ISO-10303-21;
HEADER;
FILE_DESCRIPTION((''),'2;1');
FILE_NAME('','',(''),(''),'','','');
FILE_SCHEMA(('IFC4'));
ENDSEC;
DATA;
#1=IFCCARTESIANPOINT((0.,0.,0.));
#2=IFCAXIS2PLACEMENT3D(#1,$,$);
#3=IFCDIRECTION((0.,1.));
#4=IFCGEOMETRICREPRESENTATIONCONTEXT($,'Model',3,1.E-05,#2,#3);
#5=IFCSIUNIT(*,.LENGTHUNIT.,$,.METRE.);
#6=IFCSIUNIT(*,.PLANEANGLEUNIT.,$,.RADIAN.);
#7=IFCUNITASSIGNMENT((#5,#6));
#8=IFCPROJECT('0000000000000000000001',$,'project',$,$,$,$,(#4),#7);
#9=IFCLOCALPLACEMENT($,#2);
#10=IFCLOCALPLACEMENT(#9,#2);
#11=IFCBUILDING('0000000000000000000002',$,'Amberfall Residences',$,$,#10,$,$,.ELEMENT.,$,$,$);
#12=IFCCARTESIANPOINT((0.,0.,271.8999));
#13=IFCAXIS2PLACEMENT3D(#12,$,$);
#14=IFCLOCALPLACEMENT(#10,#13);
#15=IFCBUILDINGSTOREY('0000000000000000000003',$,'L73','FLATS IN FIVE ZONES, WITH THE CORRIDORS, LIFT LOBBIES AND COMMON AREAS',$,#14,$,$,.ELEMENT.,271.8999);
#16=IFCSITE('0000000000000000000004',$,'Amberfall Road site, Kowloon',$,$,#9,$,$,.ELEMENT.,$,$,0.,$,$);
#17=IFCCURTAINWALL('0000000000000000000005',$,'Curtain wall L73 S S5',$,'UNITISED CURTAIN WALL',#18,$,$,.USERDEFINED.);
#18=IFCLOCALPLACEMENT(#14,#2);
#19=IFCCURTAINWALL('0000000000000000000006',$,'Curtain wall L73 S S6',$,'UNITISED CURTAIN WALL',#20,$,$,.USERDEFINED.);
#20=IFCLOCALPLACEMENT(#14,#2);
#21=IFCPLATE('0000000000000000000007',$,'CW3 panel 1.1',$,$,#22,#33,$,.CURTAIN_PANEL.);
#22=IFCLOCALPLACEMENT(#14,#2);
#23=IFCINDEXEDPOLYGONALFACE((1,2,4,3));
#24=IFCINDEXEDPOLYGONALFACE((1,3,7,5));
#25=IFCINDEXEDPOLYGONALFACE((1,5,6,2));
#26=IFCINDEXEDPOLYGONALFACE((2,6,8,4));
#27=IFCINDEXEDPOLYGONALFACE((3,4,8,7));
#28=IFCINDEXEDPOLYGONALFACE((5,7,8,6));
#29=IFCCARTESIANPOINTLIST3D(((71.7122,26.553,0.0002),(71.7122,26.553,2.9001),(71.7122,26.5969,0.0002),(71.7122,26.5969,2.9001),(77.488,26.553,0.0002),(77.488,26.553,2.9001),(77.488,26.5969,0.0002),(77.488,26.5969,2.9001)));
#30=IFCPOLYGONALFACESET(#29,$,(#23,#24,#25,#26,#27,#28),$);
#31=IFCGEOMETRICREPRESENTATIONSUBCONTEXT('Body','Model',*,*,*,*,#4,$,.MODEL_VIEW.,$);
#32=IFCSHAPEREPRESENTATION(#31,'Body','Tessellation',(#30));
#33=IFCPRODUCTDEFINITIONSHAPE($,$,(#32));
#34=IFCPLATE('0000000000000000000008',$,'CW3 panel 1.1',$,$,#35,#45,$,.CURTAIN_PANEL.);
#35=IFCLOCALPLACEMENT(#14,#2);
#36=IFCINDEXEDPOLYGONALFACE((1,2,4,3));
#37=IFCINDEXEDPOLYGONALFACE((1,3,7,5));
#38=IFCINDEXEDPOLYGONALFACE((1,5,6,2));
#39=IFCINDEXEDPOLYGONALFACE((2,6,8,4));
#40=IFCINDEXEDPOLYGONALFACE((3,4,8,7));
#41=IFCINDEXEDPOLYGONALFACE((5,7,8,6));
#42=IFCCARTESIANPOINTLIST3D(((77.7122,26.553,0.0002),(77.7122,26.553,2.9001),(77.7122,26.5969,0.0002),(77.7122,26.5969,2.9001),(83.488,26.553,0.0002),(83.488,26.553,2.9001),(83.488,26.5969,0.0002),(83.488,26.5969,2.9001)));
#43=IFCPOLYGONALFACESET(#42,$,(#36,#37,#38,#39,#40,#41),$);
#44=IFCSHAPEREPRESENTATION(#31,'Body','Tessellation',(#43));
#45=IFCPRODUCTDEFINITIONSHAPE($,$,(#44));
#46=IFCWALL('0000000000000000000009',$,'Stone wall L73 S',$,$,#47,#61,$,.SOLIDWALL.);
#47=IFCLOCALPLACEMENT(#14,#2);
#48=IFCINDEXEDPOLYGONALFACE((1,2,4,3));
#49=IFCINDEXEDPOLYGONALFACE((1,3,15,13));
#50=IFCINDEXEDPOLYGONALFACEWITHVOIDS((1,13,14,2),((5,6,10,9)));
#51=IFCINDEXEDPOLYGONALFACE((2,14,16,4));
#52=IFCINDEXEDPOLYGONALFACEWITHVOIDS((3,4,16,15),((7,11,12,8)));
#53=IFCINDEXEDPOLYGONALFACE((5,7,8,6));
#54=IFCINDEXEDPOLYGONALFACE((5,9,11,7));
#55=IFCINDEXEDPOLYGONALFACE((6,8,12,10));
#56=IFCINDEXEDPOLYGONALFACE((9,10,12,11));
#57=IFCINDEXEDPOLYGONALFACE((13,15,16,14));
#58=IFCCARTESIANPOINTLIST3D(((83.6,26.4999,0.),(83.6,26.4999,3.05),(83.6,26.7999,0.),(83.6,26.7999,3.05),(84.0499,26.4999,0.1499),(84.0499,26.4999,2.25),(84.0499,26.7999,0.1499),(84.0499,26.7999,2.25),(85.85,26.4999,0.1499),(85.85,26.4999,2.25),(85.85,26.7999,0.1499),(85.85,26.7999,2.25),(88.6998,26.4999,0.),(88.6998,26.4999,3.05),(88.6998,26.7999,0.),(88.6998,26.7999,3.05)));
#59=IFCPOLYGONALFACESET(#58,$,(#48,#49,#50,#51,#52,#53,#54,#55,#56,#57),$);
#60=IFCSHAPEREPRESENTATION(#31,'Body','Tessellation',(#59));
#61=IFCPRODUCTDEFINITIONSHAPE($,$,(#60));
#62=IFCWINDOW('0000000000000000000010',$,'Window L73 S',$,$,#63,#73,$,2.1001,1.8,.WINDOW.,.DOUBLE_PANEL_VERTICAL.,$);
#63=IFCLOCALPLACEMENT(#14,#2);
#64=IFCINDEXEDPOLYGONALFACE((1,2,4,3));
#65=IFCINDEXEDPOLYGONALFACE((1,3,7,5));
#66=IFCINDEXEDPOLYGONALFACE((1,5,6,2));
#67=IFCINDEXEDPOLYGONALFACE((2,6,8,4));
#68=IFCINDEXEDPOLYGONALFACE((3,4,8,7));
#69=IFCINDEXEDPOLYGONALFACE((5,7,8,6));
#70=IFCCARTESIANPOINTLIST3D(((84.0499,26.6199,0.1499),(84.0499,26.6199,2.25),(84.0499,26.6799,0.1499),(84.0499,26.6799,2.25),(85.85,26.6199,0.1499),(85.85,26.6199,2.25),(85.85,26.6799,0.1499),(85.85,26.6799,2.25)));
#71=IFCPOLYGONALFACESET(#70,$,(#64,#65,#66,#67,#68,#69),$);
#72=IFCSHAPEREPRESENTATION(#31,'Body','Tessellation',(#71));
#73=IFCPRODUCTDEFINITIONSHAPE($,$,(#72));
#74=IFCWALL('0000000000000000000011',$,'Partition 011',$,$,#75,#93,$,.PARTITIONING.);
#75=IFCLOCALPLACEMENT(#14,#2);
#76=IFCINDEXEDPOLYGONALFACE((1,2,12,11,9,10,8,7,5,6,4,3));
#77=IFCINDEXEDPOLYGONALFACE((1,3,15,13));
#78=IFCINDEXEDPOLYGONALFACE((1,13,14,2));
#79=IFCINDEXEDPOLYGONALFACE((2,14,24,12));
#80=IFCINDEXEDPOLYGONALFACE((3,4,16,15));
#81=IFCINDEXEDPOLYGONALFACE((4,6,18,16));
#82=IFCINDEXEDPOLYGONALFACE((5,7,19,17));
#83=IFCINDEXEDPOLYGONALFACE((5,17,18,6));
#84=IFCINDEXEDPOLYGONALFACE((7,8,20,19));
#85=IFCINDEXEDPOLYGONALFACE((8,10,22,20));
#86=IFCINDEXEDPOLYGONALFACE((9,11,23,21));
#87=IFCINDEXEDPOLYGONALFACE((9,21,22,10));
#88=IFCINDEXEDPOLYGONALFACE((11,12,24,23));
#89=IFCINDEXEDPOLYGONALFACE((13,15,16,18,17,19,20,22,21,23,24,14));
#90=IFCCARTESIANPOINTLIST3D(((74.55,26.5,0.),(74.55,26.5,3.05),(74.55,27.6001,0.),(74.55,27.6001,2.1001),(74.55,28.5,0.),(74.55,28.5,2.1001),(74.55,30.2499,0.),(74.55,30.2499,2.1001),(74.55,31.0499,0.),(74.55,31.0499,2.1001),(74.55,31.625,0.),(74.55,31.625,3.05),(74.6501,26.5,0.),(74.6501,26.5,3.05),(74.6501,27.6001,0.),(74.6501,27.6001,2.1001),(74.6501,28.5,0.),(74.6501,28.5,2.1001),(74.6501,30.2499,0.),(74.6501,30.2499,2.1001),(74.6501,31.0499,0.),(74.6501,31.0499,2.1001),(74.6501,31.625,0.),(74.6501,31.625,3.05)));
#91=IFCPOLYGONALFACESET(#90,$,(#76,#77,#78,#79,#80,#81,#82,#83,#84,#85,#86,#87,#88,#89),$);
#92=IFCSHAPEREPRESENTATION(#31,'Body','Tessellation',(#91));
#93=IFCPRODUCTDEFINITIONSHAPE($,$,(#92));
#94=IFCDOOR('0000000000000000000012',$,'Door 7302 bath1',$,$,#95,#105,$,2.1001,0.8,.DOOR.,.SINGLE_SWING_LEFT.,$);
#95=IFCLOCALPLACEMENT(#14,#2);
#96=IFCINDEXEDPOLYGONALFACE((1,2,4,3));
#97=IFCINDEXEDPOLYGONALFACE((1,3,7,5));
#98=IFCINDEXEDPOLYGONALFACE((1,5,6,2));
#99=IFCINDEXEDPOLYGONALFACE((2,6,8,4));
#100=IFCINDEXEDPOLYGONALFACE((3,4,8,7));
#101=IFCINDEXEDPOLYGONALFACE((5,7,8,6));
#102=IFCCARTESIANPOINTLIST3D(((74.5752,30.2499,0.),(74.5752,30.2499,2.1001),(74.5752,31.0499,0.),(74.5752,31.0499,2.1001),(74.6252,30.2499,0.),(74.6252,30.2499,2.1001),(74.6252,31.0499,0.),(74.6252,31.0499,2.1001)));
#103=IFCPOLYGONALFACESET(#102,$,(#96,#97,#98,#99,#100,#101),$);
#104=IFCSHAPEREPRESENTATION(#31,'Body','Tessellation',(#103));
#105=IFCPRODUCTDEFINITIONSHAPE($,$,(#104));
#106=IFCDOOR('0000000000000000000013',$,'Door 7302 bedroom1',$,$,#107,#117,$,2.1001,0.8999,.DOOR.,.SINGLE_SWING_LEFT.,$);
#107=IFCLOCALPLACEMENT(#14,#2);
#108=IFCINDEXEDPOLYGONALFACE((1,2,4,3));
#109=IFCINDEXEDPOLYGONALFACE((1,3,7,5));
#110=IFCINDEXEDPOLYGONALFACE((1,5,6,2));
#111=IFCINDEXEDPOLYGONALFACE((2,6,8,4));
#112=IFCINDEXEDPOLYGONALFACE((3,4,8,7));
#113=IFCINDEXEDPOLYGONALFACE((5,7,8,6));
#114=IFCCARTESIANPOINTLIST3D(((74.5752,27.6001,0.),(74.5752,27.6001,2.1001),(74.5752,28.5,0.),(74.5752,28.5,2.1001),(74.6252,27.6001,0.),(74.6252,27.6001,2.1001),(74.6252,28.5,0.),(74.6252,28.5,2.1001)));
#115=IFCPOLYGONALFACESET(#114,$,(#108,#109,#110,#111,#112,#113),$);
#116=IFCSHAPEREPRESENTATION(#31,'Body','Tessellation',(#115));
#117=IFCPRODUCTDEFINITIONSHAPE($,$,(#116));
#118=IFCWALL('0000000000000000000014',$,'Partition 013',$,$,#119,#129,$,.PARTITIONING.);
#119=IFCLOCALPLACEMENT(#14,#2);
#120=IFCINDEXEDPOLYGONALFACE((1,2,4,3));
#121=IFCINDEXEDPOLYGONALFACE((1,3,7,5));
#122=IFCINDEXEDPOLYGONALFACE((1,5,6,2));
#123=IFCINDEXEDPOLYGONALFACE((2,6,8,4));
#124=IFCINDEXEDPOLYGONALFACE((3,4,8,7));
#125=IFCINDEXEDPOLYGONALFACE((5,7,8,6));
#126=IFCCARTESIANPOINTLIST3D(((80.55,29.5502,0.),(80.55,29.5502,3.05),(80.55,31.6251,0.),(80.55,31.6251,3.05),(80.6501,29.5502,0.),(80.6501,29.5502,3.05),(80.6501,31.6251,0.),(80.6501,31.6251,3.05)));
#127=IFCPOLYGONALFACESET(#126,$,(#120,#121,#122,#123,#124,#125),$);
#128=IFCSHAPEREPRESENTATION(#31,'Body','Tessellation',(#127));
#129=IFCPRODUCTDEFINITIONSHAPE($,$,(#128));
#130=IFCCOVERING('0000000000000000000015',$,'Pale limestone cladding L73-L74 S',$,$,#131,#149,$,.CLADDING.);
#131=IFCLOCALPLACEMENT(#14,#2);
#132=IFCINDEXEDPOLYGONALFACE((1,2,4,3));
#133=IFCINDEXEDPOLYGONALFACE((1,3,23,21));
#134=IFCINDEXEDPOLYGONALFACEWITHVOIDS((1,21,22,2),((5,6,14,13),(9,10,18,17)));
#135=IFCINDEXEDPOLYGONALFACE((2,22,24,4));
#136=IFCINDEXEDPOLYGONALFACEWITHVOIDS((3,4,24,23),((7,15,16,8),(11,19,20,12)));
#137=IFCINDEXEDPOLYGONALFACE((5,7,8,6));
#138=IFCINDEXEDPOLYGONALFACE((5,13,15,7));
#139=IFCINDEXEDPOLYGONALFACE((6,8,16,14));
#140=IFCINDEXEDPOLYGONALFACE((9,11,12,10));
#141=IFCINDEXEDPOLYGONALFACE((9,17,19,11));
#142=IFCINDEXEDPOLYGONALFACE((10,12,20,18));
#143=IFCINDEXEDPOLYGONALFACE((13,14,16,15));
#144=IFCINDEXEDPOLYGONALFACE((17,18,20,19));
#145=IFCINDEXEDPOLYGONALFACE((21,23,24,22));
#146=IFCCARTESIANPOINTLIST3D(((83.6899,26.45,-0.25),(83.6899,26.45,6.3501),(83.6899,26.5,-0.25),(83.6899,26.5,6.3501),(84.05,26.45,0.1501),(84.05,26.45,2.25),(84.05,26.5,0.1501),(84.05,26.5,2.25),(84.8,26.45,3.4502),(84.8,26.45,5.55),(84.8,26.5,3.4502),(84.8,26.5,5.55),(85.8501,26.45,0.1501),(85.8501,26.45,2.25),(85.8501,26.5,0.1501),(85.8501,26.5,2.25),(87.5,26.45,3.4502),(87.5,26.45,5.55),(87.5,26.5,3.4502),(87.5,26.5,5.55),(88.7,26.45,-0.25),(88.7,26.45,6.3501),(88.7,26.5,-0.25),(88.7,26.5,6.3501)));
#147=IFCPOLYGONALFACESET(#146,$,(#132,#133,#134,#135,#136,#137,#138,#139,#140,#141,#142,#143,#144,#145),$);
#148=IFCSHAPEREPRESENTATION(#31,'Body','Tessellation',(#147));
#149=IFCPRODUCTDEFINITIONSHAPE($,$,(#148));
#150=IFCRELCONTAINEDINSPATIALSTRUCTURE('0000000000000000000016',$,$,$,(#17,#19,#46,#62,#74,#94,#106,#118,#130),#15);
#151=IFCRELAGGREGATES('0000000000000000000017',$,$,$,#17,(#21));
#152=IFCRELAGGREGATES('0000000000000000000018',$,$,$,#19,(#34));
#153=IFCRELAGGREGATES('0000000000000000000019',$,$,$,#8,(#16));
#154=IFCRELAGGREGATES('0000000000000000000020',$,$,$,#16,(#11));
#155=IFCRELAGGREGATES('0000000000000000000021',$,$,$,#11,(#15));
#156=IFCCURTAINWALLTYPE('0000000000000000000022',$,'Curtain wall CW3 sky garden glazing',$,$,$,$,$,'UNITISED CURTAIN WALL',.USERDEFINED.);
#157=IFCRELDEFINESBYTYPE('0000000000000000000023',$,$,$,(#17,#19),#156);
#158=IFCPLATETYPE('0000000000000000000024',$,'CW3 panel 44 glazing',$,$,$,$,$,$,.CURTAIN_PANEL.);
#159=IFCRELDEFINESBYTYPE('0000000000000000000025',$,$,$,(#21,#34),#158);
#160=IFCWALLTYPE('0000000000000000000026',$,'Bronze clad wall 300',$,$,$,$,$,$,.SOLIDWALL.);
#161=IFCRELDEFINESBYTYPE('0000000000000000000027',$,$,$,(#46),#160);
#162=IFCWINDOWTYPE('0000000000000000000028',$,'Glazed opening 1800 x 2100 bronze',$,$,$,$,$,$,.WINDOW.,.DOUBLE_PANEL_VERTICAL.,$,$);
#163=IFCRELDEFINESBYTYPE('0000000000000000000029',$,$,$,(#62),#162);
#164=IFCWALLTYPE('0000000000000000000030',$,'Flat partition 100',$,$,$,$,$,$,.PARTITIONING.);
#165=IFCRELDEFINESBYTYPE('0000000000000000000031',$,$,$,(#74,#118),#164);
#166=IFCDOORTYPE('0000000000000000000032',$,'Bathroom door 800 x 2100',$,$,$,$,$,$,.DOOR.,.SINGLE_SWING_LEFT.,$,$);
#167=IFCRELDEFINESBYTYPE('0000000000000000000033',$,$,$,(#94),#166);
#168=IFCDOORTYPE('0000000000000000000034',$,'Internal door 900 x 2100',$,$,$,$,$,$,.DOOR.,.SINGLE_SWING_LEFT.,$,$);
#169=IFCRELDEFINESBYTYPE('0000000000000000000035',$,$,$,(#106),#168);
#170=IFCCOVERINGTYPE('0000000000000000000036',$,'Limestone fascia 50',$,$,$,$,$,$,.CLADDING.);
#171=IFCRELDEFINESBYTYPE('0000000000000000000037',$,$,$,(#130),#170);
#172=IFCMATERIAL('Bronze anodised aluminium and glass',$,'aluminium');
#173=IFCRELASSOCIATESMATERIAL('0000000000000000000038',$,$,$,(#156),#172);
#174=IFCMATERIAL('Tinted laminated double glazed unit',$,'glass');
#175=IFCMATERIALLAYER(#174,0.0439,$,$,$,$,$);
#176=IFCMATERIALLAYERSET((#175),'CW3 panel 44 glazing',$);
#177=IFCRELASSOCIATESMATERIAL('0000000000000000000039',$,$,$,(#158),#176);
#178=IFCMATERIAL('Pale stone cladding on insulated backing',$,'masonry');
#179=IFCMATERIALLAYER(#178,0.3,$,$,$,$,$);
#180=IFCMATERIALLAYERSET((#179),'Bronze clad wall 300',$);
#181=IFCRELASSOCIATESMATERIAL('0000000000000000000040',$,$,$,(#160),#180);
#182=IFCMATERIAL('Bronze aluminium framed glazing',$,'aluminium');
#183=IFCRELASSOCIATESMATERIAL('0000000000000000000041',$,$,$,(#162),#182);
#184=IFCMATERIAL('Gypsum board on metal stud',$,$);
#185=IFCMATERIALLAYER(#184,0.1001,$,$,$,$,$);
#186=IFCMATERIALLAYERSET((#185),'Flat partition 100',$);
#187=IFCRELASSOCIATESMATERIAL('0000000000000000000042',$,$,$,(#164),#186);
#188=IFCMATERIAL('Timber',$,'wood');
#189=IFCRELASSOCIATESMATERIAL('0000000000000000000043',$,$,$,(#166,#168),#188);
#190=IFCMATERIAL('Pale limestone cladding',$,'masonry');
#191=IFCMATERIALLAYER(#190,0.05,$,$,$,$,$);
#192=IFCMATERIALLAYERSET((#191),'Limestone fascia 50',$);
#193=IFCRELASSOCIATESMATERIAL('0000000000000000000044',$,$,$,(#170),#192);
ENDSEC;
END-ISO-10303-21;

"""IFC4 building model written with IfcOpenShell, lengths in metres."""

from ifc_helpers import new_model, si_unit, direction, frame, frame_2d, origin, origin_2d, place, context, subcontext, project, spatial, polyline, rectangle, outline, extrude, material, layer, layer_set, type_object, element, fill, aggregate, save


model = new_model("IFC4")

# Units and contexts
model_context = context("Model", 3, precision=1e-05, world=origin(), true_north=direction((0.0, 1.0)))
body_context = subcontext(model_context, "Body", "Model", "MODEL_VIEW")
ifc_project = project(units=[si_unit("LENGTHUNIT", "METRE"), si_unit("PLANEANGLEUNIT", "RADIAN")], contexts=[model_context])

# Site, building, storey
site_placement = place(None, origin())
site = spatial("IfcSite", under=ifc_project, at=site_placement, Name="Amberfall Road site, Kowloon", CompositionType="ELEMENT", RefElevation=0.0)
building_placement = place(site_placement, origin())
building = spatial("IfcBuilding", under=site, at=building_placement, Name="Amberfall Residences", CompositionType="ELEMENT")
storey_placement = place(building_placement, frame((0.0, 0.0, 271.8999)))
storey = spatial("IfcBuildingStorey", under=building, at=storey_placement, Name="L73", Description="FLATS IN FIVE ZONES, WITH THE CORRIDORS, LIFT LOBBIES AND COMMON AREAS", CompositionType="ELEMENT", Elevation=271.8999)

# Curtain walls
ifc_material_1 = material(Name="Bronze anodised aluminium and glass", Category="aluminium")
curtain_wall_type = type_object("IfcCurtainWallType", Name="Curtain wall CW3 sky garden glazing", ElementType="UNITISED CURTAIN WALL", PredefinedType="USERDEFINED", material=ifc_material_1)
curtain_wall_1_placement = place(storey_placement, origin())
curtain_wall_1 = element("IfcCurtainWall", 1, at=curtain_wall_1_placement, inside=storey, type_object=curtain_wall_type, Name="Curtain wall L73 S S5", ObjectType="UNITISED CURTAIN WALL", PredefinedType="USERDEFINED")
curtain_wall_2_placement = place(storey_placement, origin())
curtain_wall_2 = element("IfcCurtainWall", 2, at=curtain_wall_2_placement, inside=storey, type_object=curtain_wall_type, Name="Curtain wall L73 S S6", ObjectType="UNITISED CURTAIN WALL", PredefinedType="USERDEFINED")

# Plates
ifc_material_2 = material(Name="Tinted laminated double glazed unit", Category="glass")
ifc_layer_1 = layer(ifc_material_2, 0.0439)
ifc_layer_set_1 = layer_set([ifc_layer_1], Name="CW3 panel 44 glazing")
plate_type = type_object("IfcPlateType", Name="CW3 panel 44 glazing", PredefinedType="CURTAIN_PANEL", material=ifc_layer_set_1)
plate_1_placement = place(storey_placement, frame((74.6001, 26.575, 0.0002), z_axis=(0.0, 0.0, 1.0), x_axis=(1.0, 0.0, 0.0)))
plate_1 = element("IfcPlate", 3, at=plate_1_placement, type_object=plate_type, Name="CW3 panel 1.1", PredefinedType="CURTAIN_PANEL", context=body_context, shape_type="SweptSolid", body=[
    extrude(rectangle(XDim=5.7759, YDim=0.0439, at=origin_2d()), origin(), (0.0, 0.0, 1.0), 2.8999),
])
aggregate(curtain_wall_1, [plate_1])
plate_2_placement = place(storey_placement, frame((80.6001, 26.575, 0.0002), z_axis=(0.0, 0.0, 1.0), x_axis=(1.0, 0.0, 0.0)))
plate_2 = element("IfcPlate", 4, at=plate_2_placement, type_object=plate_type, Name="CW3 panel 1.1", PredefinedType="CURTAIN_PANEL", context=body_context, shape_type="SweptSolid", body=[
    extrude(rectangle(XDim=5.7759, YDim=0.0439, at=origin_2d()), origin(), (0.0, 0.0, 1.0), 2.8999),
])
aggregate(curtain_wall_2, [plate_2])

# Wall, opening, window
ifc_material_3 = material(Name="Pale stone cladding on insulated backing", Category="masonry")
ifc_layer_2 = layer(ifc_material_3, 0.3)
ifc_layer_set_2 = layer_set([ifc_layer_2], Name="Bronze clad wall 300")
wall_type_1 = type_object("IfcWallType", Name="Bronze clad wall 300", PredefinedType="SOLIDWALL", material=ifc_layer_set_2)
wall_1_placement = place(storey_placement, frame((83.6001, 26.6499, 0.0), z_axis=(0.0, 0.0, 1.0), x_axis=(1.0, 0.0, 0.0)))
wall_1 = element("IfcWall", 5, at=wall_1_placement, inside=storey, type_object=wall_type_1, Name="Stone wall L73 S", PredefinedType="SOLIDWALL", context=body_context, shape_type="SweptSolid", body=[
    extrude(rectangle(XDim=5.0999, YDim=0.3, at=frame_2d((2.5498, 0.0))), origin(), (0.0, 0.0, 1.0), 3.05),
])
opening_1_placement = place(wall_1_placement, frame((0.45, 0.0, 0.1499)))
opening_1 = element("IfcOpeningElement", 6, at=opening_1_placement, cuts=wall_1, PredefinedType="OPENING", context=body_context, shape_type="SweptSolid", body=[
    extrude(rectangle(XDim=1.8, YDim=2.1001, at=frame_2d((0.8999, 1.05))), frame((0.0, 0.1599, 0.0), z_axis=(0.0, -1.0, 0.0), x_axis=(1.0, 0.0, 0.0)), (0.0, 0.0, 1.0), 0.3201),
])
ifc_material_4 = material(Name="Bronze aluminium framed glazing", Category="aluminium")
window_type = type_object("IfcWindowType", Name="Glazed opening 1800 x 2100 bronze", PartitioningType="DOUBLE_PANEL_VERTICAL", PredefinedType="WINDOW", material=ifc_material_4)
window_placement = place(opening_1_placement, origin())
window = element("IfcWindow", 7, at=window_placement, inside=storey, type_object=window_type, Name="Window L73 S", OverallHeight=2.1001, OverallWidth=1.8, PartitioningType="DOUBLE_PANEL_VERTICAL", PredefinedType="WINDOW", context=body_context, shape_type="SweptSolid", body=[
    extrude(rectangle(XDim=1.8, YDim=2.1001, at=frame_2d((0.8999, 1.05))), frame((0.0, 0.03, 0.0), z_axis=(0.0, -1.0, 0.0), x_axis=(1.0, 0.0, 0.0)), (0.0, 0.0, 1.0), 0.0601),
])
fill(opening_1, window)

# Wall, openings, doors
ifc_material_5 = material(Name="Gypsum board on metal stud")
ifc_layer_3 = layer(ifc_material_5, 0.1001)
ifc_layer_set_3 = layer_set([ifc_layer_3], Name="Flat partition 100")
wall_type_2 = type_object("IfcWallType", Name="Flat partition 100", PredefinedType="PARTITIONING", material=ifc_layer_set_3)
wall_2_placement = place(storey_placement, frame((74.6001, 26.5, 0.0), z_axis=(0.0, 0.0, 1.0), x_axis=(0.0, 1.0, 0.0)))
wall_2 = element("IfcWall", 8, at=wall_2_placement, inside=storey, type_object=wall_type_2, Name="Partition 011", PredefinedType="PARTITIONING", context=body_context, shape_type="SweptSolid", body=[
    extrude(rectangle(XDim=5.125, YDim=0.1001, at=frame_2d((2.5625, 0.0))), origin(), (0.0, 0.0, 1.0), 3.05),
])
opening_2_placement = place(wall_2_placement, frame((1.1001, 0.0, 0.0)))
opening_2 = element("IfcOpeningElement", 9, at=opening_2_placement, cuts=wall_2, PredefinedType="OPENING", context=body_context, shape_type="SweptSolid", body=[
    extrude(rectangle(XDim=0.8999, YDim=2.1001, at=frame_2d((0.45, 1.05))), frame((0.0, 0.0601, 0.0), z_axis=(0.0, -1.0, 0.0), x_axis=(1.0, 0.0, 0.0)), (0.0, 0.0, 1.0), 0.1201),
])
opening_3_placement = place(wall_2_placement, frame((3.75, 0.0, 0.0)))
opening_3 = element("IfcOpeningElement", 10, at=opening_3_placement, cuts=wall_2, PredefinedType="OPENING", context=body_context, shape_type="SweptSolid", body=[
    extrude(rectangle(XDim=0.8, YDim=2.1001, at=frame_2d((0.3999, 1.05))), frame((0.0, 0.0601, 0.0), z_axis=(0.0, -1.0, 0.0), x_axis=(1.0, 0.0, 0.0)), (0.0, 0.0, 1.0), 0.1201),
])
ifc_material_6 = material(Name="Timber", Category="wood")
door_type_1 = type_object("IfcDoorType", Name="Bathroom door 800 x 2100", OperationType="SINGLE_SWING_LEFT", PredefinedType="DOOR", material=ifc_material_6)
door_1_placement = place(opening_3_placement, origin())
door_1 = element("IfcDoor", 11, at=door_1_placement, inside=storey, type_object=door_type_1, Name="Door 7302 bath1", OperationType="SINGLE_SWING_LEFT", OverallHeight=2.1001, OverallWidth=0.8, PredefinedType="DOOR", context=body_context, shape_type="SweptSolid", body=[
    extrude(rectangle(XDim=0.8, YDim=2.1001, at=frame_2d((0.3999, 1.05))), frame((0.0, 0.0249, 0.0), z_axis=(0.0, -1.0, 0.0), x_axis=(1.0, 0.0, 0.0)), (0.0, 0.0, 1.0), 0.05),
])
fill(opening_3, door_1)
door_type_2 = type_object("IfcDoorType", Name="Internal door 900 x 2100", OperationType="SINGLE_SWING_LEFT", PredefinedType="DOOR", material=ifc_material_6)
door_2_placement = place(opening_2_placement, origin())
door_2 = element("IfcDoor", 12, at=door_2_placement, inside=storey, type_object=door_type_2, Name="Door 7302 bedroom1", OperationType="SINGLE_SWING_LEFT", OverallHeight=2.1001, OverallWidth=0.8999, PredefinedType="DOOR", context=body_context, shape_type="SweptSolid", body=[
    extrude(rectangle(XDim=0.8999, YDim=2.1001, at=frame_2d((0.45, 1.05))), frame((0.0, 0.0249, 0.0), z_axis=(0.0, -1.0, 0.0), x_axis=(1.0, 0.0, 0.0)), (0.0, 0.0, 1.0), 0.05),
])
fill(opening_2, door_2)

# Wall
wall_3_placement = place(storey_placement, frame((80.6001, 29.55, 0.0), z_axis=(0.0, 0.0, 1.0), x_axis=(0.0, 1.0, 0.0)))
element("IfcWall", 13, at=wall_3_placement, inside=storey, type_object=wall_type_2, Name="Partition 013", PredefinedType="PARTITIONING", context=body_context, shape_type="SweptSolid", body=[
    extrude(rectangle(XDim=2.075, YDim=0.1001, at=frame_2d((1.0376, 0.0))), origin(), (0.0, 0.0, 1.0), 3.05),
])

# Covering
ifc_material_7 = material(Name="Pale limestone cladding", Category="masonry")
ifc_layer_4 = layer(ifc_material_7, 0.05)
ifc_layer_set_4 = layer_set([ifc_layer_4], Name="Limestone fascia 50")
covering_type = type_object("IfcCoveringType", Name="Limestone fascia 50", PredefinedType="CLADDING", material=ifc_layer_set_4)
covering_placement = place(storey_placement, frame((83.6899, 26.5, 6.3501), z_axis=(0.0, 1.0, 0.0), x_axis=(1.0, 0.0, 0.0)))
element("IfcCovering", 14, at=covering_placement, inside=storey, type_object=covering_type, Name="Pale limestone cladding L73-L74 S", PredefinedType="CLADDING", context=body_context, shape_type="SweptSolid", body=[
    extrude(outline(polyline([(0.0, 0.0), (5.01, 0.0), (5.01, 6.6001), (0.0, 6.6001), (0.0, 0.0)]), holes=[polyline([(0.3601, 4.1001), (2.1602, 4.1001), (2.1602, 6.2), (0.3601, 6.2), (0.3601, 4.1001)]), polyline([(1.1101, 0.8), (3.8101, 0.8), (3.8101, 2.8999), (1.1101, 2.8999), (1.1101, 0.8)])]), origin(), (0.0, 0.0, -1.0), 0.05),
])

save(model, "model.ifc")
